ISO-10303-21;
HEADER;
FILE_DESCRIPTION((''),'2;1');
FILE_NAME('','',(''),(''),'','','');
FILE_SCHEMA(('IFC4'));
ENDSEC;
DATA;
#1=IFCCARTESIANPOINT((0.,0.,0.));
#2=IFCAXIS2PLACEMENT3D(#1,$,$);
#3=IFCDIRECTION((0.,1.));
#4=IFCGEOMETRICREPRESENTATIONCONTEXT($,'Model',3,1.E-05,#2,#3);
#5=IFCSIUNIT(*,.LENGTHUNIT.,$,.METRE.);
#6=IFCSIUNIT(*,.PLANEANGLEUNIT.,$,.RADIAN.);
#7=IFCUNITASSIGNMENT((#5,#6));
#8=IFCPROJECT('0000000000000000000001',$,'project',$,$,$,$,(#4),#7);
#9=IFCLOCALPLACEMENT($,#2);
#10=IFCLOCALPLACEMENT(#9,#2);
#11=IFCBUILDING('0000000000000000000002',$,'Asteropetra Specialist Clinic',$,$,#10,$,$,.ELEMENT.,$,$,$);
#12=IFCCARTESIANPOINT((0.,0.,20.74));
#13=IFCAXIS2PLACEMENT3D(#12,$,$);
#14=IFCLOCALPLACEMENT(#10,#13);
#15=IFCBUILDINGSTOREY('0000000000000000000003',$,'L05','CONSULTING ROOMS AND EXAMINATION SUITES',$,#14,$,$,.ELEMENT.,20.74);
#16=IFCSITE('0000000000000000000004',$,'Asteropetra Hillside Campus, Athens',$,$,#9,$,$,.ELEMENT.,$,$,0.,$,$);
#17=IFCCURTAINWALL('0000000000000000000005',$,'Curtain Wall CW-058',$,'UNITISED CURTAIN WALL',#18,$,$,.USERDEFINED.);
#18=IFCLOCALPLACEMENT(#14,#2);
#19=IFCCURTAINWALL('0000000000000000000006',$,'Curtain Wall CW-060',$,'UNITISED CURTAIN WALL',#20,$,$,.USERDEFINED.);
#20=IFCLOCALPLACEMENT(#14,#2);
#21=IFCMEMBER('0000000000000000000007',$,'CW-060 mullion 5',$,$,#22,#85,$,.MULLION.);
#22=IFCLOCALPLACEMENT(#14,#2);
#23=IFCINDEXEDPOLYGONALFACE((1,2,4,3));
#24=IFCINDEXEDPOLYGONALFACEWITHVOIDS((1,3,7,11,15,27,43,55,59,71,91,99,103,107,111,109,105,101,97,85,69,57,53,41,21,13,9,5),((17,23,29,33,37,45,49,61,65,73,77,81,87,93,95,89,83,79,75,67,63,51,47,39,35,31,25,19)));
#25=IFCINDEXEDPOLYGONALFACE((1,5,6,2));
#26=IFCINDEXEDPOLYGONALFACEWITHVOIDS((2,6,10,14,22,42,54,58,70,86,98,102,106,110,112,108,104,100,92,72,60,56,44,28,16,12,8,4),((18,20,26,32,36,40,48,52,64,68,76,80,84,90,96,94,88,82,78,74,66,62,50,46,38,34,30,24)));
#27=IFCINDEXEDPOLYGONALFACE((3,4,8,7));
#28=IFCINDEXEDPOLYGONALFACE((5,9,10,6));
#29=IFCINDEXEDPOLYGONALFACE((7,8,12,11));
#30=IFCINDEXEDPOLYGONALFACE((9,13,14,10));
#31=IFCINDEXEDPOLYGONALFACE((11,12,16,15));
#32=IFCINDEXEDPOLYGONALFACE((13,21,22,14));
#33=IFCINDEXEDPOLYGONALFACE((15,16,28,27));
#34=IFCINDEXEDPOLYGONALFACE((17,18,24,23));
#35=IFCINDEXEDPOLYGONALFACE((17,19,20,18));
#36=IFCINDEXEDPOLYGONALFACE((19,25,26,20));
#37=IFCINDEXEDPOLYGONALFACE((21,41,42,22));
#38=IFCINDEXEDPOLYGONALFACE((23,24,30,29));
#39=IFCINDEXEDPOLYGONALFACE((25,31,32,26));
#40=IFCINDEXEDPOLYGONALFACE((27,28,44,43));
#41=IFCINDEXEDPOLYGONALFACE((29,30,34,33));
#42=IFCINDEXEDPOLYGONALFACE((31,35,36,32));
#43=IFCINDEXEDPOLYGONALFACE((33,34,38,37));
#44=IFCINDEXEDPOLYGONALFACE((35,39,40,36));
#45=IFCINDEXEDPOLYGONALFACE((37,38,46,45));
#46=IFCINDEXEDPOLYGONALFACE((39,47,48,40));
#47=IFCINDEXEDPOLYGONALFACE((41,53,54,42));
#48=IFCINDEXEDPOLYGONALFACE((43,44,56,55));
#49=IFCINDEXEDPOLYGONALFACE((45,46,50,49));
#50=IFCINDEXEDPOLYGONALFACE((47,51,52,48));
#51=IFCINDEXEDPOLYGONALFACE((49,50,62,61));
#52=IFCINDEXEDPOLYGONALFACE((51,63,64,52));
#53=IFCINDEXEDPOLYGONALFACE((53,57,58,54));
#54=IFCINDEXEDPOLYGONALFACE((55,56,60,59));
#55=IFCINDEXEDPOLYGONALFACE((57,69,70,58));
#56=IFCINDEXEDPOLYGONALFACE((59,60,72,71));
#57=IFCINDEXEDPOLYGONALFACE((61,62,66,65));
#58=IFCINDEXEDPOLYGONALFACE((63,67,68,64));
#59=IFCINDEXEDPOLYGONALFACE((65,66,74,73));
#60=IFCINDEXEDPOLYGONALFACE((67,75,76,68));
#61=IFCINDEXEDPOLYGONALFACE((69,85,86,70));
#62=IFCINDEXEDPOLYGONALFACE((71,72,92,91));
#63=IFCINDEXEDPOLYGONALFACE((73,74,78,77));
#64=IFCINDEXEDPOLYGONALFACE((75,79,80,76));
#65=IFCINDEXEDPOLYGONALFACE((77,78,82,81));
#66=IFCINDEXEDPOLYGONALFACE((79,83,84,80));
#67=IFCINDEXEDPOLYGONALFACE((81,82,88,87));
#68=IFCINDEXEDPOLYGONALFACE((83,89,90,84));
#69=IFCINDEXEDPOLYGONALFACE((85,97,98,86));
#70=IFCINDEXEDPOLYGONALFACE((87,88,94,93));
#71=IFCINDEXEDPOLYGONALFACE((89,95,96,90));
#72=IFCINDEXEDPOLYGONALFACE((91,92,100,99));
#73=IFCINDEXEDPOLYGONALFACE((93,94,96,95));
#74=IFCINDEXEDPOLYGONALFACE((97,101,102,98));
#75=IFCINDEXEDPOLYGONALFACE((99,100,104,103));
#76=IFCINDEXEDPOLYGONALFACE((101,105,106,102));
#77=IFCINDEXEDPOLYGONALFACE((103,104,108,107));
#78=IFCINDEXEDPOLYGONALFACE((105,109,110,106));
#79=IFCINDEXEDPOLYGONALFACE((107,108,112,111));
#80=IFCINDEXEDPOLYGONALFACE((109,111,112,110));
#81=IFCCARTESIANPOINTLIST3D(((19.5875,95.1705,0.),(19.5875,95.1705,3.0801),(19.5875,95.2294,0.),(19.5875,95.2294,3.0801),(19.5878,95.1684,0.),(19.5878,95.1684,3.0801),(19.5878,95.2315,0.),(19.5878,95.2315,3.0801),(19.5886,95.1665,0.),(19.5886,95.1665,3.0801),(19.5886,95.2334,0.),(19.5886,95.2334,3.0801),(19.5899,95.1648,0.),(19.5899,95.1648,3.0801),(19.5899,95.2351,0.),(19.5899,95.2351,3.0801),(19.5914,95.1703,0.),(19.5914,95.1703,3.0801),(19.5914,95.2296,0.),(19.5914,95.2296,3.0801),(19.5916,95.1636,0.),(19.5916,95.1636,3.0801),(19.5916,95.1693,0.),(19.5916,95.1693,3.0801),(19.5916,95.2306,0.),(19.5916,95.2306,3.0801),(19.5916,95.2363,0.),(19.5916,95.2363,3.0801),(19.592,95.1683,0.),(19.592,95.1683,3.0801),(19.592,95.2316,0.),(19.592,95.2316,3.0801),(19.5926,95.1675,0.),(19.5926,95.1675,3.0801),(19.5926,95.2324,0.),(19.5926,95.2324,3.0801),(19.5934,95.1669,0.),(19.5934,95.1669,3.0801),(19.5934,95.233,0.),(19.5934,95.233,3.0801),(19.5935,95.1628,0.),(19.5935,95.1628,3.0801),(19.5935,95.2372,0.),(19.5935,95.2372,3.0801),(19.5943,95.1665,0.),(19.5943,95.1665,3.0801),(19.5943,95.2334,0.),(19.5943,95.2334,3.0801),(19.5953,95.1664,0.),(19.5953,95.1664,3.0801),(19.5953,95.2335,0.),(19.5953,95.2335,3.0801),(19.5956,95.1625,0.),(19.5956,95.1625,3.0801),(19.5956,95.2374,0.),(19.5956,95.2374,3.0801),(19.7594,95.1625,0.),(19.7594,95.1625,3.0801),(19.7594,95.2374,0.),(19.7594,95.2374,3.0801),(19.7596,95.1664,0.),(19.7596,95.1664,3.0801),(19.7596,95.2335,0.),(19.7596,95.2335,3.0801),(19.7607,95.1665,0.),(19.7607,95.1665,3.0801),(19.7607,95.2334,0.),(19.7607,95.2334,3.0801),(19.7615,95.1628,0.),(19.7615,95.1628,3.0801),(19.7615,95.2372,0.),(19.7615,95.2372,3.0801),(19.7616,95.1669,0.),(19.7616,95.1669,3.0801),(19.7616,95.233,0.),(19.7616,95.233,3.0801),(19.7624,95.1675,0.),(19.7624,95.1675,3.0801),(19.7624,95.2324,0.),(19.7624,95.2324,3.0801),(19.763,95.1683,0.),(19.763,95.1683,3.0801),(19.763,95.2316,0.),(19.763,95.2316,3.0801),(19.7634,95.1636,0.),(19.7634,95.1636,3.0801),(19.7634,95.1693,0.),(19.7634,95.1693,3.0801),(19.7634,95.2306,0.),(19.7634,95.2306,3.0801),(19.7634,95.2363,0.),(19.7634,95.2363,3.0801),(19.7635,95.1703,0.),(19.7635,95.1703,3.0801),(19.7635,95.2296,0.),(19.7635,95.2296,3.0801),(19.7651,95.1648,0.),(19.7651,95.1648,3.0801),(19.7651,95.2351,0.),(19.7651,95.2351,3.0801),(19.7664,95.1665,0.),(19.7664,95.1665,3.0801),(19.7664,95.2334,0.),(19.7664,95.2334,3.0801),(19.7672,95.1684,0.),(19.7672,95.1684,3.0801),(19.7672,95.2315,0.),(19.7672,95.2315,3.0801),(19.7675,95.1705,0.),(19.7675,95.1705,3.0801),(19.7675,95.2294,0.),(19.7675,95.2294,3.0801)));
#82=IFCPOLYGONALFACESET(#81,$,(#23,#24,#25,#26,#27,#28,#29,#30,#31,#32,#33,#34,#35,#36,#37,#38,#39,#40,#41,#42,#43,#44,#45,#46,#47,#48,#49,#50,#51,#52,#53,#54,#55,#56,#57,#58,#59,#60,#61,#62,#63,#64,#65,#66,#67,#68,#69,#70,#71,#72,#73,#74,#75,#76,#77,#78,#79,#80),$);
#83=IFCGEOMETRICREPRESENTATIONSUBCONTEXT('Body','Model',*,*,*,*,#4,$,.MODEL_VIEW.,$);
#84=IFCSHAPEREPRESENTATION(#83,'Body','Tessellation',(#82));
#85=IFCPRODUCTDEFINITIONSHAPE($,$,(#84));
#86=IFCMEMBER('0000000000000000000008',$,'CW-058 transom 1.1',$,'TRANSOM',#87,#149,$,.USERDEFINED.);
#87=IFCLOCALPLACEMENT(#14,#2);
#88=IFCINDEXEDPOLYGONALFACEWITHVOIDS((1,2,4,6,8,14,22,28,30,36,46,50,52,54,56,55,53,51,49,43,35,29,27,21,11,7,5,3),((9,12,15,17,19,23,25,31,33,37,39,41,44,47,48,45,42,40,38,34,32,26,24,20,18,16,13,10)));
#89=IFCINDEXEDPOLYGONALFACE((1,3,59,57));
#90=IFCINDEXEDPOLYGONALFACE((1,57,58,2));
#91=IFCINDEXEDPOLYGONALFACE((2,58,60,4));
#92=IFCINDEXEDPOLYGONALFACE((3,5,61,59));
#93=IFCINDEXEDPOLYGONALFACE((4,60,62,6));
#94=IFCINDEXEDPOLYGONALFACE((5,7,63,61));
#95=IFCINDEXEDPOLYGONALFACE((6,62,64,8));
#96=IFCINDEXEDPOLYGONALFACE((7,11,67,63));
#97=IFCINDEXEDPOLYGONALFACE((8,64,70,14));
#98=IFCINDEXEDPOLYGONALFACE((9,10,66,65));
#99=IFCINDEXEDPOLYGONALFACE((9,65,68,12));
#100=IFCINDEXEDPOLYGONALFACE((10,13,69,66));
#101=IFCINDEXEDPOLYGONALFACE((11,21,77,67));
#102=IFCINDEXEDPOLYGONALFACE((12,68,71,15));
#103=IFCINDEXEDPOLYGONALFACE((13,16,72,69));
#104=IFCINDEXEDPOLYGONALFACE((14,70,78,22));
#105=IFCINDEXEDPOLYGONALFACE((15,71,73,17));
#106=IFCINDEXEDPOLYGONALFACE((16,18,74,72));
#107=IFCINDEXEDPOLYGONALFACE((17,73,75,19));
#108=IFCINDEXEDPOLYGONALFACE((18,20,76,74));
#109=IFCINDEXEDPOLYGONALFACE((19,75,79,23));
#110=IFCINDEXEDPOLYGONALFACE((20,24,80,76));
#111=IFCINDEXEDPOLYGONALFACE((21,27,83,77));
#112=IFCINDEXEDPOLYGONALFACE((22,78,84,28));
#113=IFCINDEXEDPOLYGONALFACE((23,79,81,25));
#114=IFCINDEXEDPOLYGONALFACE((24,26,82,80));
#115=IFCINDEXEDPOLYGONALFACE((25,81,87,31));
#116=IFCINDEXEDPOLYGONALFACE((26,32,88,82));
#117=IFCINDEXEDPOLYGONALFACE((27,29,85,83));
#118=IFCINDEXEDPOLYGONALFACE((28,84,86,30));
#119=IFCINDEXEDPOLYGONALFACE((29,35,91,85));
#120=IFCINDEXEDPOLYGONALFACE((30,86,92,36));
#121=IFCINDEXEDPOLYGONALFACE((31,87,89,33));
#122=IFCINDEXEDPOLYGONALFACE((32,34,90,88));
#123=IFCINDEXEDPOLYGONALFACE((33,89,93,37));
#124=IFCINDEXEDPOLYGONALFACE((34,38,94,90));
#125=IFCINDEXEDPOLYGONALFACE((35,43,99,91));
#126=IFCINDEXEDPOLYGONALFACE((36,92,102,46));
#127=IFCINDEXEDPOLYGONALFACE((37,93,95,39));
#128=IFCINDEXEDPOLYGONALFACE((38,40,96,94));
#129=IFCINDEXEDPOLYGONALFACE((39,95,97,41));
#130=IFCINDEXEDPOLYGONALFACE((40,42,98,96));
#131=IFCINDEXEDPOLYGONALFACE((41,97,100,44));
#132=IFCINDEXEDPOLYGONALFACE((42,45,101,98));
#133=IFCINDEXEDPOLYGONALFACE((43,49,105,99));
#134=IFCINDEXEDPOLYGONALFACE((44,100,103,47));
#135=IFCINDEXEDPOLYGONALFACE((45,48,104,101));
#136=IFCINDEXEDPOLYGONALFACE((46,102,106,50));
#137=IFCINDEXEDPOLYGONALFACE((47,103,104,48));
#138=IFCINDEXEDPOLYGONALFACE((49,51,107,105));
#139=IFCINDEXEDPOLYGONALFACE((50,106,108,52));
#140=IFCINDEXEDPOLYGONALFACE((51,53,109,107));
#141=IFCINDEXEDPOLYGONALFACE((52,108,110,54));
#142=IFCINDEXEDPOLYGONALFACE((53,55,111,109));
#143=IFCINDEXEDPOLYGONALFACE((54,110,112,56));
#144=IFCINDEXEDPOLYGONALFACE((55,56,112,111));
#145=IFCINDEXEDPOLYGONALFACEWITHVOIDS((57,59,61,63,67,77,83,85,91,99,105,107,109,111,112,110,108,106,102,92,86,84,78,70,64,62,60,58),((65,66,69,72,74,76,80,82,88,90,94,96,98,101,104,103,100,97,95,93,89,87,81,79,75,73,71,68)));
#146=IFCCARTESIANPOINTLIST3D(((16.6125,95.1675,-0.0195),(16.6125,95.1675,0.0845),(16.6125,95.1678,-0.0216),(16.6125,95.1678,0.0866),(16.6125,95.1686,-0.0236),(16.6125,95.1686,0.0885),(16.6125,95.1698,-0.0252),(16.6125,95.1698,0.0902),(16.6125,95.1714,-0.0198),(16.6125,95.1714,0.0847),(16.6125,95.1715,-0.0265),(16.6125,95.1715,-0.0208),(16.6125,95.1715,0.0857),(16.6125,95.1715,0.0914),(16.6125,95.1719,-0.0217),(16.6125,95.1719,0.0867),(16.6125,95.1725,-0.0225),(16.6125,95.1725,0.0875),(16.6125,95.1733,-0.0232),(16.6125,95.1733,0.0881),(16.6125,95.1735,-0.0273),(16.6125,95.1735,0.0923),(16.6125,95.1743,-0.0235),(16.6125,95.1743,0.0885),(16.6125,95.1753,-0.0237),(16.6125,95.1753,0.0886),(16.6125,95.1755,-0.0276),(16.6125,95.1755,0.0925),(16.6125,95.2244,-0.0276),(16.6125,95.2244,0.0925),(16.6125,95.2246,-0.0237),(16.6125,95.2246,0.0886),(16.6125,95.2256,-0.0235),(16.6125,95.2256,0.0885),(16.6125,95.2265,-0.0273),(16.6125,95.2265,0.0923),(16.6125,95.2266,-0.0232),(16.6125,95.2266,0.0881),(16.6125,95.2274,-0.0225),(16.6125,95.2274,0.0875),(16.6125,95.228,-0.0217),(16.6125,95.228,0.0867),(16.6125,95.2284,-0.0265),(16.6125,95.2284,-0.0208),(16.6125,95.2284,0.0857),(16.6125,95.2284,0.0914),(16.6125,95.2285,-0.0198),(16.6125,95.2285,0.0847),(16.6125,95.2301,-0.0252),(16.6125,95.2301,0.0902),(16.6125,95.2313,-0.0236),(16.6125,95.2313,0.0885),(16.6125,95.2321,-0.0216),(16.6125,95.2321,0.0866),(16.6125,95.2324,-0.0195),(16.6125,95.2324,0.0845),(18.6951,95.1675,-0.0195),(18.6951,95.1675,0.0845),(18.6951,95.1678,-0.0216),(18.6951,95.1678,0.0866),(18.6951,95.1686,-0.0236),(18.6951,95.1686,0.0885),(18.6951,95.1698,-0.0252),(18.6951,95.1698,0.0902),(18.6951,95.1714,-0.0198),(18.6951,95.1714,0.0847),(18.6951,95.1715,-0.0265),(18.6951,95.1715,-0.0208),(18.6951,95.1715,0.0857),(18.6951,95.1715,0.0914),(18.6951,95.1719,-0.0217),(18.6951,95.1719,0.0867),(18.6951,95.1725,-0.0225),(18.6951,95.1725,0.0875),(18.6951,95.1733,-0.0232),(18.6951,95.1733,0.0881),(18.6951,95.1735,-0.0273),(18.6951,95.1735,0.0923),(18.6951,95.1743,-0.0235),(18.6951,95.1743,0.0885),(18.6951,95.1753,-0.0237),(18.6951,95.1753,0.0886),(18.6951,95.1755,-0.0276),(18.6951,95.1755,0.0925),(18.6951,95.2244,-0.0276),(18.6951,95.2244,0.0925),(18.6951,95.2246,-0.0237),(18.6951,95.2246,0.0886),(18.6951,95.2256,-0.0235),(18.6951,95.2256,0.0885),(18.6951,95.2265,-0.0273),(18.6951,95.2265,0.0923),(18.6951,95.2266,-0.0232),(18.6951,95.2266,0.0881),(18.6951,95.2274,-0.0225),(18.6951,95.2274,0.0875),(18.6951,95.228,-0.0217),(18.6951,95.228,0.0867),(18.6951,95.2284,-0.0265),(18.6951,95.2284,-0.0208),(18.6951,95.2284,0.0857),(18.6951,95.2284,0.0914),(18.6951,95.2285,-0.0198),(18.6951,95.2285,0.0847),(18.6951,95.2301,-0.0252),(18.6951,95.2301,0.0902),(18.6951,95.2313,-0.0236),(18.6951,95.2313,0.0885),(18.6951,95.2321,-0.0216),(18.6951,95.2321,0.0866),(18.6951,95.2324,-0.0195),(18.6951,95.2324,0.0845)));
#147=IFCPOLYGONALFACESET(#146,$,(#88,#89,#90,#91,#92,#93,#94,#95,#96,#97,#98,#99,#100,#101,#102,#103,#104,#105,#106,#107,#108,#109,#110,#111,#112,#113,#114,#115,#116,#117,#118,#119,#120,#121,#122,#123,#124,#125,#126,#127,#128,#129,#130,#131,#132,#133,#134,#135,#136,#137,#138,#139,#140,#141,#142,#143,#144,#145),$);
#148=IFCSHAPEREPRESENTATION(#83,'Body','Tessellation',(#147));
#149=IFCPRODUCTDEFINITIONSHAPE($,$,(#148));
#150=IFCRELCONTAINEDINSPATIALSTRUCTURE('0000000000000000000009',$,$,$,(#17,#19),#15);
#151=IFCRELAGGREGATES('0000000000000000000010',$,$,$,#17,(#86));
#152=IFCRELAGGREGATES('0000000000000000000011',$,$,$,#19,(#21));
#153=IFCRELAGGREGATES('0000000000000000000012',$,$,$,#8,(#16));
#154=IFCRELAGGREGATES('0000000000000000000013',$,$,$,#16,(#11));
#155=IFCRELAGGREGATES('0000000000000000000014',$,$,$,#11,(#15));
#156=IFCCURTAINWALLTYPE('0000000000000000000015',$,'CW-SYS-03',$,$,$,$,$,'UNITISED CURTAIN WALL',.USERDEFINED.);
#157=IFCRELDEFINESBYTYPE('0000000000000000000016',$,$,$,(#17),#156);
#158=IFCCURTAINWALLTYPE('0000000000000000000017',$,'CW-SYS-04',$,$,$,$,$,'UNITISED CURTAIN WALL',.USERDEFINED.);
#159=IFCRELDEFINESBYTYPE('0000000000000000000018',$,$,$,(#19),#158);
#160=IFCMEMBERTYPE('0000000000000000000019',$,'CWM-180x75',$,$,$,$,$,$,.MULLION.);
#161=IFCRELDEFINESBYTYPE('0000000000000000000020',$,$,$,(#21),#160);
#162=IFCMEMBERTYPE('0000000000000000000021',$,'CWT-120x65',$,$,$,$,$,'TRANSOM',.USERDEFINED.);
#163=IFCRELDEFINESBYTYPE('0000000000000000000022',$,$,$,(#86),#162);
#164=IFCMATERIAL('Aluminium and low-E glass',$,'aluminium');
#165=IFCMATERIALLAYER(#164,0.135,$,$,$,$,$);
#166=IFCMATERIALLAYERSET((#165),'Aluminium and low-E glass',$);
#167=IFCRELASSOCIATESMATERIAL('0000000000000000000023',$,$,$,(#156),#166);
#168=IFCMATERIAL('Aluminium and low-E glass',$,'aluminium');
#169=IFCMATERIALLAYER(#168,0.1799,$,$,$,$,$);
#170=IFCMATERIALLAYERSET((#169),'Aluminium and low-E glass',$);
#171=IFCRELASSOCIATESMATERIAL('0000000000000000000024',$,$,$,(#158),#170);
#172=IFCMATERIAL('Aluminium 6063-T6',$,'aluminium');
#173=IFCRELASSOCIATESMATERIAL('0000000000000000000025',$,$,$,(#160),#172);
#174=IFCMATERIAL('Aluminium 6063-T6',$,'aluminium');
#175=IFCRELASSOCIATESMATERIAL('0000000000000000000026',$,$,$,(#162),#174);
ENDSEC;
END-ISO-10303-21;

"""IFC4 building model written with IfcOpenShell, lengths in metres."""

from ifc_helpers import new_model, si_unit, direction, frame, origin, origin_2d, place, context, subcontext, project, spatial, hollow_rectangle, extrude, material, layer, layer_set, material_profile, profile_set, type_object, element, aggregate, save


model = new_model("IFC4")

# Units and contexts
model_context = context("Model", 3, precision=1e-05, world=origin(), true_north=direction((0.0, 1.0)))
body_context = subcontext(model_context, "Body", "Model", "MODEL_VIEW")
ifc_project = project(units=[si_unit("LENGTHUNIT", "METRE"), si_unit("PLANEANGLEUNIT", "RADIAN")], contexts=[model_context])

# Site, building, storey
site_placement = place(None, origin())
site = spatial("IfcSite", under=ifc_project, at=site_placement, Name="Asteropetra Hillside Campus, Athens", CompositionType="ELEMENT", RefElevation=0.0)
building_placement = place(site_placement, origin())
building = spatial("IfcBuilding", under=site, at=building_placement, Name="Asteropetra Specialist Clinic", CompositionType="ELEMENT")
storey_placement = place(building_placement, frame((0.0, 0.0, 20.74)))
storey = spatial("IfcBuildingStorey", under=building, at=storey_placement, Name="L05", Description="CONSULTING ROOMS AND EXAMINATION SUITES", CompositionType="ELEMENT", Elevation=20.74)

# Curtain wall
ifc_material_1 = material(Name="Aluminium and low-E glass", Category="aluminium")
ifc_layer_1 = layer(ifc_material_1, 0.135)
ifc_layer_set_1 = layer_set([ifc_layer_1], Name="Aluminium and low-E glass")
curtain_wall_type_1 = type_object("IfcCurtainWallType", Name="CW-SYS-03", ElementType="UNITISED CURTAIN WALL", PredefinedType="USERDEFINED", material=ifc_layer_set_1)
curtain_wall_1_placement = place(storey_placement, origin())
curtain_wall_1 = element("IfcCurtainWall", 1, at=curtain_wall_1_placement, inside=storey, type_object=curtain_wall_type_1, Name="Curtain Wall CW-058", ObjectType="UNITISED CURTAIN WALL", PredefinedType="USERDEFINED")

# Curtain wall, member
ifc_material_2 = material(Name="Aluminium and low-E glass", Category="aluminium")
ifc_layer_2 = layer(ifc_material_2, 0.1799)
ifc_layer_set_2 = layer_set([ifc_layer_2], Name="Aluminium and low-E glass")
curtain_wall_type_2 = type_object("IfcCurtainWallType", Name="CW-SYS-04", ElementType="UNITISED CURTAIN WALL", PredefinedType="USERDEFINED", material=ifc_layer_set_2)
curtain_wall_2_placement = place(storey_placement, origin())
curtain_wall_2 = element("IfcCurtainWall", 2, at=curtain_wall_2_placement, inside=storey, type_object=curtain_wall_type_2, Name="Curtain Wall CW-060", ObjectType="UNITISED CURTAIN WALL", PredefinedType="USERDEFINED")
ifc_material_3 = material(Name="Aluminium 6063-T6", Category="aluminium")
ifc_material_profile_1 = material_profile(ifc_material_3, hollow_rectangle(XDim=0.075, YDim=0.1799, WallThickness=0.0039, InnerFilletRadius=0.0039, OuterFilletRadius=0.0081, at=origin_2d()), Name="MUL 180x75x4.0")
ifc_profile_set_1 = profile_set([ifc_material_profile_1], Name="Aluminium 6063-T6")
member_type_1 = type_object("IfcMemberType", Name="CWM-180x75", PredefinedType="MULLION", material=ifc_profile_set_1)
member_1_placement = place(storey_placement, frame((19.6775, 95.2, 0.0), z_axis=(0.0, 0.0, 1.0), x_axis=(0.0, -1.0, 0.0)))
member_1 = element("IfcMember", 3, at=member_1_placement, type_object=member_type_1, Name="CW-060 mullion 5", PredefinedType="MULLION", context=body_context, shape_type="SweptSolid", body=[
    extrude(hollow_rectangle(XDim=0.075, YDim=0.1799, WallThickness=0.0039, InnerFilletRadius=0.0039, OuterFilletRadius=0.0081, at=origin_2d()), origin(), (0.0, 0.0, 1.0), 3.0801),
])

# Member
ifc_material_4 = material(Name="Aluminium 6063-T6", Category="aluminium")
ifc_material_profile_2 = material_profile(ifc_material_4, hollow_rectangle(XDim=0.0649, YDim=0.1201, WallThickness=0.0039, InnerFilletRadius=0.0039, OuterFilletRadius=0.0081, at=origin_2d()), Name="TRN 120x65x4.0")
ifc_profile_set_2 = profile_set([ifc_material_profile_2], Name="Aluminium 6063-T6")
member_type_2 = type_object("IfcMemberType", Name="CWT-120x65", ElementType="TRANSOM", PredefinedType="USERDEFINED", material=ifc_profile_set_2)
member_2_placement = place(storey_placement, frame((18.6951, 95.2, 0.0325), z_axis=(-1.0, 0.0, 0.0), x_axis=(0.0, -1.0, 0.0)))
member_2 = element("IfcMember", 4, at=member_2_placement, type_object=member_type_2, Name="CW-058 transom 1.1", ObjectType="TRANSOM", PredefinedType="USERDEFINED", context=body_context, shape_type="SweptSolid", body=[
    extrude(hollow_rectangle(XDim=0.0649, YDim=0.1201, WallThickness=0.0039, InnerFilletRadius=0.0039, OuterFilletRadius=0.0081, at=origin_2d()), origin(), (0.0, 0.0, 1.0), 2.0825),
])
aggregate(curtain_wall_1, [member_2])

aggregate(curtain_wall_2, [member_1])

save(model, "model.ifc")
